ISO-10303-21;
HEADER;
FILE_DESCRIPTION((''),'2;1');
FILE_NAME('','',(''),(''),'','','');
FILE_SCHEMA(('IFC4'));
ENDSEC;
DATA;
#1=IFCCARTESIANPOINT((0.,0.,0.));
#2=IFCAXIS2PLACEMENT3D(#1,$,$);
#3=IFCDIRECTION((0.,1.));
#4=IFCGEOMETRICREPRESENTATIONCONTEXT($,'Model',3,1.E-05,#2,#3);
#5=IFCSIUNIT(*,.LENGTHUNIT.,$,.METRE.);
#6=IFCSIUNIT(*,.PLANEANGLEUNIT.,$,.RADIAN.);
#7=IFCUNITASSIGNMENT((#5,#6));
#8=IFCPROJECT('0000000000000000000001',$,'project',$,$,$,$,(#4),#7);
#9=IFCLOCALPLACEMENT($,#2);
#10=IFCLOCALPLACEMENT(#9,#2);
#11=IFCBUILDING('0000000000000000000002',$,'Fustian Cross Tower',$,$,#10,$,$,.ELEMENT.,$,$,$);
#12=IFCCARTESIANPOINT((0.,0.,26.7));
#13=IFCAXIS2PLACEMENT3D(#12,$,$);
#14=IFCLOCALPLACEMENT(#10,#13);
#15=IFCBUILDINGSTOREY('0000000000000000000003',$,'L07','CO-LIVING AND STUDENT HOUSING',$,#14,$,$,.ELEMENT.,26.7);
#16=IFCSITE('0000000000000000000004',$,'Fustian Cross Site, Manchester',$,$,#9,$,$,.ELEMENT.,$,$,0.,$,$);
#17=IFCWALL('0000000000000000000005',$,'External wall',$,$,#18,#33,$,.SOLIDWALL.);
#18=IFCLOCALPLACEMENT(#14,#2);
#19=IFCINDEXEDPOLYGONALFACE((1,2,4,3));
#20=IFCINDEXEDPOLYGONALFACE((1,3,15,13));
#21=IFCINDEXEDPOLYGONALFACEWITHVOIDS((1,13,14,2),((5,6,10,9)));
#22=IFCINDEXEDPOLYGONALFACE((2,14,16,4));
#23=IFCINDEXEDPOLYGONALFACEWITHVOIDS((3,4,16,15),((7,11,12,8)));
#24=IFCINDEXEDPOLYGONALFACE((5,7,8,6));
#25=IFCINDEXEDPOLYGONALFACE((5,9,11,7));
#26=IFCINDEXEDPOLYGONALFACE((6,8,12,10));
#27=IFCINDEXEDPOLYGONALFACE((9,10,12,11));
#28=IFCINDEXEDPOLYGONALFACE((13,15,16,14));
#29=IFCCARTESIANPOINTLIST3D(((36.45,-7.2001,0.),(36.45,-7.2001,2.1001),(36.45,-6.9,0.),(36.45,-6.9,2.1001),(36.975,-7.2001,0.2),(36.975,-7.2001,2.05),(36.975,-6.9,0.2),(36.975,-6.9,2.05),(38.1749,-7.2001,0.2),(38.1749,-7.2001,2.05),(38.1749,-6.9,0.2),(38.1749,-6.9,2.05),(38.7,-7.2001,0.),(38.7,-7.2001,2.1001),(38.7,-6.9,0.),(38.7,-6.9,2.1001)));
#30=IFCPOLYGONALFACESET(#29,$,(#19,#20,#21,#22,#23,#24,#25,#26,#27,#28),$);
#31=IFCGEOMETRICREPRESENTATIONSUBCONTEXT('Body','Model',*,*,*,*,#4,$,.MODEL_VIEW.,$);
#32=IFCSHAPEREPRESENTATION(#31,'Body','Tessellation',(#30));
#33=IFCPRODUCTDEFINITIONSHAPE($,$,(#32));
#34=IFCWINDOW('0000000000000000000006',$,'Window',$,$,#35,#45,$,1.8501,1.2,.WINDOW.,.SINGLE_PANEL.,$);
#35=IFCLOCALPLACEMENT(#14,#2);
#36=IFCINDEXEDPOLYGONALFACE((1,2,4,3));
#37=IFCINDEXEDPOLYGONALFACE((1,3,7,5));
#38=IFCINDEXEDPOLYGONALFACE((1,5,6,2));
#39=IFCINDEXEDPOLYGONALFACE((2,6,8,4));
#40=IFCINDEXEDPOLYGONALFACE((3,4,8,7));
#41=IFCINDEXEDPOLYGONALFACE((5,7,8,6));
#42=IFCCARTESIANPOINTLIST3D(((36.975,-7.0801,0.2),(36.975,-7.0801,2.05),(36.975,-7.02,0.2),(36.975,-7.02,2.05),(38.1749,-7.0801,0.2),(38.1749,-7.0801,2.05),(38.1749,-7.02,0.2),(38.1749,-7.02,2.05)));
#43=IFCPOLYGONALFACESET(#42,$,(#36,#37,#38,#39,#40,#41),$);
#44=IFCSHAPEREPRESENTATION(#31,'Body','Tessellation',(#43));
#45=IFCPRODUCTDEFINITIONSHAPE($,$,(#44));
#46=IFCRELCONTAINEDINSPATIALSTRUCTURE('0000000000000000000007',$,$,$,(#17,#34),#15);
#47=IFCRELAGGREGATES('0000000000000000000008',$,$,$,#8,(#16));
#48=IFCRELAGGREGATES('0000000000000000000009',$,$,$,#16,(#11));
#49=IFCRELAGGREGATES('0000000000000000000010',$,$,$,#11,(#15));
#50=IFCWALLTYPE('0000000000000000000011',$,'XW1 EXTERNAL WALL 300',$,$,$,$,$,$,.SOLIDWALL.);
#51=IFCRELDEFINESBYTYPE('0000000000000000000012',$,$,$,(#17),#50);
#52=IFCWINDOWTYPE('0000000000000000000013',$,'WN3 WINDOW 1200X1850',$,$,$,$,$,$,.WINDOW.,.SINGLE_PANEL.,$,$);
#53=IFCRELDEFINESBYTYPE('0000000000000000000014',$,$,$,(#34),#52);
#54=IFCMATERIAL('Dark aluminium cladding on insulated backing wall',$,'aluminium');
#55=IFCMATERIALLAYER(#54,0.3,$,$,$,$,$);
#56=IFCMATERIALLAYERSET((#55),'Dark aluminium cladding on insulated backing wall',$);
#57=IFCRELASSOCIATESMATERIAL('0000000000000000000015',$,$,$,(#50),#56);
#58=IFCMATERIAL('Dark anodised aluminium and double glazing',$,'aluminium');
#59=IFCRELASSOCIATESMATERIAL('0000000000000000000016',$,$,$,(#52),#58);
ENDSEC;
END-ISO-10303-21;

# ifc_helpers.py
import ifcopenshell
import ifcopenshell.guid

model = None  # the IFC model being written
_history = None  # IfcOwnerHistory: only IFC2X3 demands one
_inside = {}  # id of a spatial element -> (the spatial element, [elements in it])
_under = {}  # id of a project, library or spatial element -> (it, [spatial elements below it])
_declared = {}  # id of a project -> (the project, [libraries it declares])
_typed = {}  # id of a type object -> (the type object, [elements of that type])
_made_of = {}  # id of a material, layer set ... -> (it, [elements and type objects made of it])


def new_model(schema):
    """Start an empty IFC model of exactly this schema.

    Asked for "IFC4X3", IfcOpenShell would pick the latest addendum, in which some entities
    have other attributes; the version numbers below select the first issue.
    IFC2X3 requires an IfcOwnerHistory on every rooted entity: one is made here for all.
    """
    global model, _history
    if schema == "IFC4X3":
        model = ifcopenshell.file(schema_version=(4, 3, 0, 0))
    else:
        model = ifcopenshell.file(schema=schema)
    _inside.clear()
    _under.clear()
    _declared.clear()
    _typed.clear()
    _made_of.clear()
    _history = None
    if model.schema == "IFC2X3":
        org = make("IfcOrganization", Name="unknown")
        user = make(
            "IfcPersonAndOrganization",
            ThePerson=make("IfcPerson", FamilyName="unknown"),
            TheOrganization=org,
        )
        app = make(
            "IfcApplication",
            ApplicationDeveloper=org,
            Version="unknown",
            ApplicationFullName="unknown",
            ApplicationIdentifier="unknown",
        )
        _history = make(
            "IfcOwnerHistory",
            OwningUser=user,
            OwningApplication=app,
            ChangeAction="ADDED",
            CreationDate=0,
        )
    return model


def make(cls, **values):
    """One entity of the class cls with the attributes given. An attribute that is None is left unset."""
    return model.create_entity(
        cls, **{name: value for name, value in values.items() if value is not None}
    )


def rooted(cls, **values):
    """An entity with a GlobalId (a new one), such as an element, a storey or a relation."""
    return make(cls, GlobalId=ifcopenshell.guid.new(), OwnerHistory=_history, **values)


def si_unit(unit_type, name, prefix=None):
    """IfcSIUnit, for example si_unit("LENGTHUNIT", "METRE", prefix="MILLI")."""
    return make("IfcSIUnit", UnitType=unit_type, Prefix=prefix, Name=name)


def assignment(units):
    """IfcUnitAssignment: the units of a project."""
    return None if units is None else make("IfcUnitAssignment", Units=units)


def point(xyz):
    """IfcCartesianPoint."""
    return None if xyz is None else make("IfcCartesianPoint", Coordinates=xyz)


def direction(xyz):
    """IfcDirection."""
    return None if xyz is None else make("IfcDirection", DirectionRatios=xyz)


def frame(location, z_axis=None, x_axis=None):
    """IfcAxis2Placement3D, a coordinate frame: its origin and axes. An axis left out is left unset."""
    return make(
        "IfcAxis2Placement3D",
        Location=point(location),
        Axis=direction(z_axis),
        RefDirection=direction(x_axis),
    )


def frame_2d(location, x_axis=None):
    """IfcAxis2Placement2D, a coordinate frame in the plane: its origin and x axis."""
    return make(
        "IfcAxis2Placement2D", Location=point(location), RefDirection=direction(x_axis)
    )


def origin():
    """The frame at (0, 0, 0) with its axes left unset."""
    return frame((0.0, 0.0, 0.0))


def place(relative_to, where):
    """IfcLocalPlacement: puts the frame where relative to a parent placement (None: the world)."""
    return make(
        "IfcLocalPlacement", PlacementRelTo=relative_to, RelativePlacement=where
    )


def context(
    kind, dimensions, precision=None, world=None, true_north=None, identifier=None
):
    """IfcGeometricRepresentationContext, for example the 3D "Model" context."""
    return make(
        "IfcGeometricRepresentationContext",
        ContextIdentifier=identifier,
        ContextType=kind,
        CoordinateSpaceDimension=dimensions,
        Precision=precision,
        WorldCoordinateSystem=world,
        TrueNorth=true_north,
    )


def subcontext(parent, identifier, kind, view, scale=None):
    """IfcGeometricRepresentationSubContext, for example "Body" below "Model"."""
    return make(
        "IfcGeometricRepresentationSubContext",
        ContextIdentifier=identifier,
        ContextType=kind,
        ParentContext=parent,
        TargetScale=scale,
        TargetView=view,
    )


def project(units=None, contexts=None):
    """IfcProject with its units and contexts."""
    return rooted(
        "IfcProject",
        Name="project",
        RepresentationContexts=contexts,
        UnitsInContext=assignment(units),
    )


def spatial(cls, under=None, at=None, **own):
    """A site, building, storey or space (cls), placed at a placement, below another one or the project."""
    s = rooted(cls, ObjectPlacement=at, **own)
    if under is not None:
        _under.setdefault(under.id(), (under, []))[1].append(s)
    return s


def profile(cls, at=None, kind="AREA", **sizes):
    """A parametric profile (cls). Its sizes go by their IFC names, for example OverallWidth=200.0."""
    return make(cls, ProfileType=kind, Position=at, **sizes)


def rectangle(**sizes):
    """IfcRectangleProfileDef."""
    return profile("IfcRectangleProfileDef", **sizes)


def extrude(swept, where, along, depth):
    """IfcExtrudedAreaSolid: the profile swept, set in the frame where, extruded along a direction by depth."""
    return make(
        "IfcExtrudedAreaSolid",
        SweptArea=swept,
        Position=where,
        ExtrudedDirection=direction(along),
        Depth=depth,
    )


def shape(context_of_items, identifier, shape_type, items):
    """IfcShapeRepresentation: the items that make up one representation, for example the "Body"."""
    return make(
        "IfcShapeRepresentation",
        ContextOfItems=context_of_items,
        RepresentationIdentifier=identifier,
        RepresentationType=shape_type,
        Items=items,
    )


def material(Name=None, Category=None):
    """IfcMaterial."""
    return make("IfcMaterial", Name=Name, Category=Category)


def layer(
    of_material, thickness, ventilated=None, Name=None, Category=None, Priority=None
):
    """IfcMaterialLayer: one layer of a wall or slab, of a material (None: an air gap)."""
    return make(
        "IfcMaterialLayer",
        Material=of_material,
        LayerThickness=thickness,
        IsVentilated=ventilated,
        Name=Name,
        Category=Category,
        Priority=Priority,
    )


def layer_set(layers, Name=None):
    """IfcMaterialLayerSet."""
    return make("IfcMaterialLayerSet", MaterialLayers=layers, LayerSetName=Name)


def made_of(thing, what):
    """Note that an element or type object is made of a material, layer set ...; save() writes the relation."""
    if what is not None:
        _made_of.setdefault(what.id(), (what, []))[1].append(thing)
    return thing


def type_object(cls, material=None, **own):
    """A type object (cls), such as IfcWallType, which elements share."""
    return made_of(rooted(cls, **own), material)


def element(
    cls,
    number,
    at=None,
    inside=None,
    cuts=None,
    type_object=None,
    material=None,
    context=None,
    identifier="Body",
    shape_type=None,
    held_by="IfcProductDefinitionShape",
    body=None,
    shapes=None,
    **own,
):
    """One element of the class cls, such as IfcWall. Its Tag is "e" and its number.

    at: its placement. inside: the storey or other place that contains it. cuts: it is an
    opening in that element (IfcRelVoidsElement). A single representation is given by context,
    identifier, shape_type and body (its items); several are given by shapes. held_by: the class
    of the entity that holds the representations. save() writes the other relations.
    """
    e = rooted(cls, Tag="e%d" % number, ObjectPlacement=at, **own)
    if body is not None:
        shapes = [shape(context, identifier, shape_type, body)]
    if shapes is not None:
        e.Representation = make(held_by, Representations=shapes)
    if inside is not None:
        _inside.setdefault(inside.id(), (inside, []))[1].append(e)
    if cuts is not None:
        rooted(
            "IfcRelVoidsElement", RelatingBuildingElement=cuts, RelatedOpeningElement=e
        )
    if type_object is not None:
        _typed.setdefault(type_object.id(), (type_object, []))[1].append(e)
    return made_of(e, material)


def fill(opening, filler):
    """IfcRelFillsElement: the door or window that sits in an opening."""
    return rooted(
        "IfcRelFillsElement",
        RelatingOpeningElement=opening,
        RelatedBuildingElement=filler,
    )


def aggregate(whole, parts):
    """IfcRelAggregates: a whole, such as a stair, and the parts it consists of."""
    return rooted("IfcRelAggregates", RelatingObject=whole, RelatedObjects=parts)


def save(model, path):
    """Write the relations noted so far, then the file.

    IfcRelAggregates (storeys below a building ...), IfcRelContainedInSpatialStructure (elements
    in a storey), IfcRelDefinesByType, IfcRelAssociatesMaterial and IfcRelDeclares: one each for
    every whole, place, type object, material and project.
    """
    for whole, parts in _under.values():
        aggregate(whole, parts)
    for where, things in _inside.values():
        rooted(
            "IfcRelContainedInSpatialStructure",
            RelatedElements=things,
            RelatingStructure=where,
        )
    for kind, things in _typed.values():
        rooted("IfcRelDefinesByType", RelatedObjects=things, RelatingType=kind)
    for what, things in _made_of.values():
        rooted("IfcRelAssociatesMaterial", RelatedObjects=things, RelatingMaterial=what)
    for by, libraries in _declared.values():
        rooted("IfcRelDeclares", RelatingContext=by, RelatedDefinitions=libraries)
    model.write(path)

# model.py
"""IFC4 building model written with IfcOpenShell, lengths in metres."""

from ifc_helpers import new_model, si_unit, direction, frame, frame_2d, origin, place, context, subcontext, project, spatial, rectangle, extrude, material, layer, layer_set, type_object, element, fill, save


model = new_model("IFC4")

# Units and contexts
model_context = context("Model", 3, precision=1e-05, world=origin(), true_north=direction((0.0, 1.0)))
body_context = subcontext(model_context, "Body", "Model", "MODEL_VIEW")
ifc_project = project(units=[si_unit("LENGTHUNIT", "METRE"), si_unit("PLANEANGLEUNIT", "RADIAN")], contexts=[model_context])

# Site, building, storey
site_placement = place(None, origin())
site = spatial("IfcSite", under=ifc_project, at=site_placement, Name="Fustian Cross Site, Manchester", CompositionType="ELEMENT", RefElevation=0.0)
building_placement = place(site_placement, origin())
building = spatial("IfcBuilding", under=site, at=building_placement, Name="Fustian Cross Tower", CompositionType="ELEMENT")
storey_placement = place(building_placement, frame((0.0, 0.0, 26.7)))
storey = spatial("IfcBuildingStorey", under=building, at=storey_placement, Name="L07", Description="CO-LIVING AND STUDENT HOUSING", CompositionType="ELEMENT", Elevation=26.7)

# Shared definitions
ifc_material_1 = material(Name="Dark aluminium cladding on insulated backing wall", Category="aluminium")
ifc_layer_1 = layer(ifc_material_1, 0.3)
ifc_layer_set_1 = layer_set([ifc_layer_1], Name="Dark aluminium cladding on insulated backing wall")
wall_type_1 = type_object("IfcWallType", Name="XW1 EXTERNAL WALL 300", PredefinedType="SOLIDWALL", material=ifc_layer_set_1)

# Wall, opening, window
ifc_material_2 = material(Name="Dark anodised aluminium and double glazing", Category="aluminium")
window_type = type_object("IfcWindowType", Name="WN3 WINDOW 1200X1850", PartitioningType="SINGLE_PANEL", PredefinedType="WINDOW", material=ifc_material_2)
wall_1_placement = place(storey_placement, frame((36.45, -7.05, 0.0), z_axis=(0.0, 0.0, 1.0), x_axis=(1.0, 0.0, 0.0)))
wall_1 = element("IfcWall", 1, at=wall_1_placement, inside=storey, type_object=wall_type_1, Name="External wall", PredefinedType="SOLIDWALL", context=body_context, shape_type="SweptSolid", body=[
    extrude(rectangle(XDim=2.25, YDim=0.3, at=frame_2d((1.125, 0.0))), origin(), (0.0, 0.0, 1.0), 2.1001),
])
opening_1_placement = place(wall_1_placement, frame((0.5249, 0.0, 0.2)))
opening_1 = element("IfcOpeningElement", 2, at=opening_1_placement, cuts=wall_1, PredefinedType="OPENING", context=body_context, shape_type="SweptSolid", body=[
    extrude(rectangle(XDim=1.2, YDim=1.8501, at=frame_2d((0.6001, 0.925))), frame((0.0, 0.1599, 0.0), z_axis=(0.0, -1.0, 0.0), x_axis=(1.0, 0.0, 0.0)), (0.0, 0.0, 1.0), 0.3201),
])
window_1_placement = place(opening_1_placement, origin())
window_1 = element("IfcWindow", 3, at=window_1_placement, inside=storey, type_object=window_type, Name="Window", OverallHeight=1.8501, OverallWidth=1.2, PartitioningType="SINGLE_PANEL", PredefinedType="WINDOW", context=body_context, shape_type="SweptSolid", body=[
    extrude(rectangle(XDim=1.2, YDim=1.8501, at=frame_2d((0.6001, 0.925))), frame((0.0, 0.03, 0.0), z_axis=(0.0, -1.0, 0.0), x_axis=(1.0, 0.0, 0.0)), (0.0, 0.0, 1.0), 0.0601),
])
fill(opening_1, window_1)

save(model, "model.ifc")
